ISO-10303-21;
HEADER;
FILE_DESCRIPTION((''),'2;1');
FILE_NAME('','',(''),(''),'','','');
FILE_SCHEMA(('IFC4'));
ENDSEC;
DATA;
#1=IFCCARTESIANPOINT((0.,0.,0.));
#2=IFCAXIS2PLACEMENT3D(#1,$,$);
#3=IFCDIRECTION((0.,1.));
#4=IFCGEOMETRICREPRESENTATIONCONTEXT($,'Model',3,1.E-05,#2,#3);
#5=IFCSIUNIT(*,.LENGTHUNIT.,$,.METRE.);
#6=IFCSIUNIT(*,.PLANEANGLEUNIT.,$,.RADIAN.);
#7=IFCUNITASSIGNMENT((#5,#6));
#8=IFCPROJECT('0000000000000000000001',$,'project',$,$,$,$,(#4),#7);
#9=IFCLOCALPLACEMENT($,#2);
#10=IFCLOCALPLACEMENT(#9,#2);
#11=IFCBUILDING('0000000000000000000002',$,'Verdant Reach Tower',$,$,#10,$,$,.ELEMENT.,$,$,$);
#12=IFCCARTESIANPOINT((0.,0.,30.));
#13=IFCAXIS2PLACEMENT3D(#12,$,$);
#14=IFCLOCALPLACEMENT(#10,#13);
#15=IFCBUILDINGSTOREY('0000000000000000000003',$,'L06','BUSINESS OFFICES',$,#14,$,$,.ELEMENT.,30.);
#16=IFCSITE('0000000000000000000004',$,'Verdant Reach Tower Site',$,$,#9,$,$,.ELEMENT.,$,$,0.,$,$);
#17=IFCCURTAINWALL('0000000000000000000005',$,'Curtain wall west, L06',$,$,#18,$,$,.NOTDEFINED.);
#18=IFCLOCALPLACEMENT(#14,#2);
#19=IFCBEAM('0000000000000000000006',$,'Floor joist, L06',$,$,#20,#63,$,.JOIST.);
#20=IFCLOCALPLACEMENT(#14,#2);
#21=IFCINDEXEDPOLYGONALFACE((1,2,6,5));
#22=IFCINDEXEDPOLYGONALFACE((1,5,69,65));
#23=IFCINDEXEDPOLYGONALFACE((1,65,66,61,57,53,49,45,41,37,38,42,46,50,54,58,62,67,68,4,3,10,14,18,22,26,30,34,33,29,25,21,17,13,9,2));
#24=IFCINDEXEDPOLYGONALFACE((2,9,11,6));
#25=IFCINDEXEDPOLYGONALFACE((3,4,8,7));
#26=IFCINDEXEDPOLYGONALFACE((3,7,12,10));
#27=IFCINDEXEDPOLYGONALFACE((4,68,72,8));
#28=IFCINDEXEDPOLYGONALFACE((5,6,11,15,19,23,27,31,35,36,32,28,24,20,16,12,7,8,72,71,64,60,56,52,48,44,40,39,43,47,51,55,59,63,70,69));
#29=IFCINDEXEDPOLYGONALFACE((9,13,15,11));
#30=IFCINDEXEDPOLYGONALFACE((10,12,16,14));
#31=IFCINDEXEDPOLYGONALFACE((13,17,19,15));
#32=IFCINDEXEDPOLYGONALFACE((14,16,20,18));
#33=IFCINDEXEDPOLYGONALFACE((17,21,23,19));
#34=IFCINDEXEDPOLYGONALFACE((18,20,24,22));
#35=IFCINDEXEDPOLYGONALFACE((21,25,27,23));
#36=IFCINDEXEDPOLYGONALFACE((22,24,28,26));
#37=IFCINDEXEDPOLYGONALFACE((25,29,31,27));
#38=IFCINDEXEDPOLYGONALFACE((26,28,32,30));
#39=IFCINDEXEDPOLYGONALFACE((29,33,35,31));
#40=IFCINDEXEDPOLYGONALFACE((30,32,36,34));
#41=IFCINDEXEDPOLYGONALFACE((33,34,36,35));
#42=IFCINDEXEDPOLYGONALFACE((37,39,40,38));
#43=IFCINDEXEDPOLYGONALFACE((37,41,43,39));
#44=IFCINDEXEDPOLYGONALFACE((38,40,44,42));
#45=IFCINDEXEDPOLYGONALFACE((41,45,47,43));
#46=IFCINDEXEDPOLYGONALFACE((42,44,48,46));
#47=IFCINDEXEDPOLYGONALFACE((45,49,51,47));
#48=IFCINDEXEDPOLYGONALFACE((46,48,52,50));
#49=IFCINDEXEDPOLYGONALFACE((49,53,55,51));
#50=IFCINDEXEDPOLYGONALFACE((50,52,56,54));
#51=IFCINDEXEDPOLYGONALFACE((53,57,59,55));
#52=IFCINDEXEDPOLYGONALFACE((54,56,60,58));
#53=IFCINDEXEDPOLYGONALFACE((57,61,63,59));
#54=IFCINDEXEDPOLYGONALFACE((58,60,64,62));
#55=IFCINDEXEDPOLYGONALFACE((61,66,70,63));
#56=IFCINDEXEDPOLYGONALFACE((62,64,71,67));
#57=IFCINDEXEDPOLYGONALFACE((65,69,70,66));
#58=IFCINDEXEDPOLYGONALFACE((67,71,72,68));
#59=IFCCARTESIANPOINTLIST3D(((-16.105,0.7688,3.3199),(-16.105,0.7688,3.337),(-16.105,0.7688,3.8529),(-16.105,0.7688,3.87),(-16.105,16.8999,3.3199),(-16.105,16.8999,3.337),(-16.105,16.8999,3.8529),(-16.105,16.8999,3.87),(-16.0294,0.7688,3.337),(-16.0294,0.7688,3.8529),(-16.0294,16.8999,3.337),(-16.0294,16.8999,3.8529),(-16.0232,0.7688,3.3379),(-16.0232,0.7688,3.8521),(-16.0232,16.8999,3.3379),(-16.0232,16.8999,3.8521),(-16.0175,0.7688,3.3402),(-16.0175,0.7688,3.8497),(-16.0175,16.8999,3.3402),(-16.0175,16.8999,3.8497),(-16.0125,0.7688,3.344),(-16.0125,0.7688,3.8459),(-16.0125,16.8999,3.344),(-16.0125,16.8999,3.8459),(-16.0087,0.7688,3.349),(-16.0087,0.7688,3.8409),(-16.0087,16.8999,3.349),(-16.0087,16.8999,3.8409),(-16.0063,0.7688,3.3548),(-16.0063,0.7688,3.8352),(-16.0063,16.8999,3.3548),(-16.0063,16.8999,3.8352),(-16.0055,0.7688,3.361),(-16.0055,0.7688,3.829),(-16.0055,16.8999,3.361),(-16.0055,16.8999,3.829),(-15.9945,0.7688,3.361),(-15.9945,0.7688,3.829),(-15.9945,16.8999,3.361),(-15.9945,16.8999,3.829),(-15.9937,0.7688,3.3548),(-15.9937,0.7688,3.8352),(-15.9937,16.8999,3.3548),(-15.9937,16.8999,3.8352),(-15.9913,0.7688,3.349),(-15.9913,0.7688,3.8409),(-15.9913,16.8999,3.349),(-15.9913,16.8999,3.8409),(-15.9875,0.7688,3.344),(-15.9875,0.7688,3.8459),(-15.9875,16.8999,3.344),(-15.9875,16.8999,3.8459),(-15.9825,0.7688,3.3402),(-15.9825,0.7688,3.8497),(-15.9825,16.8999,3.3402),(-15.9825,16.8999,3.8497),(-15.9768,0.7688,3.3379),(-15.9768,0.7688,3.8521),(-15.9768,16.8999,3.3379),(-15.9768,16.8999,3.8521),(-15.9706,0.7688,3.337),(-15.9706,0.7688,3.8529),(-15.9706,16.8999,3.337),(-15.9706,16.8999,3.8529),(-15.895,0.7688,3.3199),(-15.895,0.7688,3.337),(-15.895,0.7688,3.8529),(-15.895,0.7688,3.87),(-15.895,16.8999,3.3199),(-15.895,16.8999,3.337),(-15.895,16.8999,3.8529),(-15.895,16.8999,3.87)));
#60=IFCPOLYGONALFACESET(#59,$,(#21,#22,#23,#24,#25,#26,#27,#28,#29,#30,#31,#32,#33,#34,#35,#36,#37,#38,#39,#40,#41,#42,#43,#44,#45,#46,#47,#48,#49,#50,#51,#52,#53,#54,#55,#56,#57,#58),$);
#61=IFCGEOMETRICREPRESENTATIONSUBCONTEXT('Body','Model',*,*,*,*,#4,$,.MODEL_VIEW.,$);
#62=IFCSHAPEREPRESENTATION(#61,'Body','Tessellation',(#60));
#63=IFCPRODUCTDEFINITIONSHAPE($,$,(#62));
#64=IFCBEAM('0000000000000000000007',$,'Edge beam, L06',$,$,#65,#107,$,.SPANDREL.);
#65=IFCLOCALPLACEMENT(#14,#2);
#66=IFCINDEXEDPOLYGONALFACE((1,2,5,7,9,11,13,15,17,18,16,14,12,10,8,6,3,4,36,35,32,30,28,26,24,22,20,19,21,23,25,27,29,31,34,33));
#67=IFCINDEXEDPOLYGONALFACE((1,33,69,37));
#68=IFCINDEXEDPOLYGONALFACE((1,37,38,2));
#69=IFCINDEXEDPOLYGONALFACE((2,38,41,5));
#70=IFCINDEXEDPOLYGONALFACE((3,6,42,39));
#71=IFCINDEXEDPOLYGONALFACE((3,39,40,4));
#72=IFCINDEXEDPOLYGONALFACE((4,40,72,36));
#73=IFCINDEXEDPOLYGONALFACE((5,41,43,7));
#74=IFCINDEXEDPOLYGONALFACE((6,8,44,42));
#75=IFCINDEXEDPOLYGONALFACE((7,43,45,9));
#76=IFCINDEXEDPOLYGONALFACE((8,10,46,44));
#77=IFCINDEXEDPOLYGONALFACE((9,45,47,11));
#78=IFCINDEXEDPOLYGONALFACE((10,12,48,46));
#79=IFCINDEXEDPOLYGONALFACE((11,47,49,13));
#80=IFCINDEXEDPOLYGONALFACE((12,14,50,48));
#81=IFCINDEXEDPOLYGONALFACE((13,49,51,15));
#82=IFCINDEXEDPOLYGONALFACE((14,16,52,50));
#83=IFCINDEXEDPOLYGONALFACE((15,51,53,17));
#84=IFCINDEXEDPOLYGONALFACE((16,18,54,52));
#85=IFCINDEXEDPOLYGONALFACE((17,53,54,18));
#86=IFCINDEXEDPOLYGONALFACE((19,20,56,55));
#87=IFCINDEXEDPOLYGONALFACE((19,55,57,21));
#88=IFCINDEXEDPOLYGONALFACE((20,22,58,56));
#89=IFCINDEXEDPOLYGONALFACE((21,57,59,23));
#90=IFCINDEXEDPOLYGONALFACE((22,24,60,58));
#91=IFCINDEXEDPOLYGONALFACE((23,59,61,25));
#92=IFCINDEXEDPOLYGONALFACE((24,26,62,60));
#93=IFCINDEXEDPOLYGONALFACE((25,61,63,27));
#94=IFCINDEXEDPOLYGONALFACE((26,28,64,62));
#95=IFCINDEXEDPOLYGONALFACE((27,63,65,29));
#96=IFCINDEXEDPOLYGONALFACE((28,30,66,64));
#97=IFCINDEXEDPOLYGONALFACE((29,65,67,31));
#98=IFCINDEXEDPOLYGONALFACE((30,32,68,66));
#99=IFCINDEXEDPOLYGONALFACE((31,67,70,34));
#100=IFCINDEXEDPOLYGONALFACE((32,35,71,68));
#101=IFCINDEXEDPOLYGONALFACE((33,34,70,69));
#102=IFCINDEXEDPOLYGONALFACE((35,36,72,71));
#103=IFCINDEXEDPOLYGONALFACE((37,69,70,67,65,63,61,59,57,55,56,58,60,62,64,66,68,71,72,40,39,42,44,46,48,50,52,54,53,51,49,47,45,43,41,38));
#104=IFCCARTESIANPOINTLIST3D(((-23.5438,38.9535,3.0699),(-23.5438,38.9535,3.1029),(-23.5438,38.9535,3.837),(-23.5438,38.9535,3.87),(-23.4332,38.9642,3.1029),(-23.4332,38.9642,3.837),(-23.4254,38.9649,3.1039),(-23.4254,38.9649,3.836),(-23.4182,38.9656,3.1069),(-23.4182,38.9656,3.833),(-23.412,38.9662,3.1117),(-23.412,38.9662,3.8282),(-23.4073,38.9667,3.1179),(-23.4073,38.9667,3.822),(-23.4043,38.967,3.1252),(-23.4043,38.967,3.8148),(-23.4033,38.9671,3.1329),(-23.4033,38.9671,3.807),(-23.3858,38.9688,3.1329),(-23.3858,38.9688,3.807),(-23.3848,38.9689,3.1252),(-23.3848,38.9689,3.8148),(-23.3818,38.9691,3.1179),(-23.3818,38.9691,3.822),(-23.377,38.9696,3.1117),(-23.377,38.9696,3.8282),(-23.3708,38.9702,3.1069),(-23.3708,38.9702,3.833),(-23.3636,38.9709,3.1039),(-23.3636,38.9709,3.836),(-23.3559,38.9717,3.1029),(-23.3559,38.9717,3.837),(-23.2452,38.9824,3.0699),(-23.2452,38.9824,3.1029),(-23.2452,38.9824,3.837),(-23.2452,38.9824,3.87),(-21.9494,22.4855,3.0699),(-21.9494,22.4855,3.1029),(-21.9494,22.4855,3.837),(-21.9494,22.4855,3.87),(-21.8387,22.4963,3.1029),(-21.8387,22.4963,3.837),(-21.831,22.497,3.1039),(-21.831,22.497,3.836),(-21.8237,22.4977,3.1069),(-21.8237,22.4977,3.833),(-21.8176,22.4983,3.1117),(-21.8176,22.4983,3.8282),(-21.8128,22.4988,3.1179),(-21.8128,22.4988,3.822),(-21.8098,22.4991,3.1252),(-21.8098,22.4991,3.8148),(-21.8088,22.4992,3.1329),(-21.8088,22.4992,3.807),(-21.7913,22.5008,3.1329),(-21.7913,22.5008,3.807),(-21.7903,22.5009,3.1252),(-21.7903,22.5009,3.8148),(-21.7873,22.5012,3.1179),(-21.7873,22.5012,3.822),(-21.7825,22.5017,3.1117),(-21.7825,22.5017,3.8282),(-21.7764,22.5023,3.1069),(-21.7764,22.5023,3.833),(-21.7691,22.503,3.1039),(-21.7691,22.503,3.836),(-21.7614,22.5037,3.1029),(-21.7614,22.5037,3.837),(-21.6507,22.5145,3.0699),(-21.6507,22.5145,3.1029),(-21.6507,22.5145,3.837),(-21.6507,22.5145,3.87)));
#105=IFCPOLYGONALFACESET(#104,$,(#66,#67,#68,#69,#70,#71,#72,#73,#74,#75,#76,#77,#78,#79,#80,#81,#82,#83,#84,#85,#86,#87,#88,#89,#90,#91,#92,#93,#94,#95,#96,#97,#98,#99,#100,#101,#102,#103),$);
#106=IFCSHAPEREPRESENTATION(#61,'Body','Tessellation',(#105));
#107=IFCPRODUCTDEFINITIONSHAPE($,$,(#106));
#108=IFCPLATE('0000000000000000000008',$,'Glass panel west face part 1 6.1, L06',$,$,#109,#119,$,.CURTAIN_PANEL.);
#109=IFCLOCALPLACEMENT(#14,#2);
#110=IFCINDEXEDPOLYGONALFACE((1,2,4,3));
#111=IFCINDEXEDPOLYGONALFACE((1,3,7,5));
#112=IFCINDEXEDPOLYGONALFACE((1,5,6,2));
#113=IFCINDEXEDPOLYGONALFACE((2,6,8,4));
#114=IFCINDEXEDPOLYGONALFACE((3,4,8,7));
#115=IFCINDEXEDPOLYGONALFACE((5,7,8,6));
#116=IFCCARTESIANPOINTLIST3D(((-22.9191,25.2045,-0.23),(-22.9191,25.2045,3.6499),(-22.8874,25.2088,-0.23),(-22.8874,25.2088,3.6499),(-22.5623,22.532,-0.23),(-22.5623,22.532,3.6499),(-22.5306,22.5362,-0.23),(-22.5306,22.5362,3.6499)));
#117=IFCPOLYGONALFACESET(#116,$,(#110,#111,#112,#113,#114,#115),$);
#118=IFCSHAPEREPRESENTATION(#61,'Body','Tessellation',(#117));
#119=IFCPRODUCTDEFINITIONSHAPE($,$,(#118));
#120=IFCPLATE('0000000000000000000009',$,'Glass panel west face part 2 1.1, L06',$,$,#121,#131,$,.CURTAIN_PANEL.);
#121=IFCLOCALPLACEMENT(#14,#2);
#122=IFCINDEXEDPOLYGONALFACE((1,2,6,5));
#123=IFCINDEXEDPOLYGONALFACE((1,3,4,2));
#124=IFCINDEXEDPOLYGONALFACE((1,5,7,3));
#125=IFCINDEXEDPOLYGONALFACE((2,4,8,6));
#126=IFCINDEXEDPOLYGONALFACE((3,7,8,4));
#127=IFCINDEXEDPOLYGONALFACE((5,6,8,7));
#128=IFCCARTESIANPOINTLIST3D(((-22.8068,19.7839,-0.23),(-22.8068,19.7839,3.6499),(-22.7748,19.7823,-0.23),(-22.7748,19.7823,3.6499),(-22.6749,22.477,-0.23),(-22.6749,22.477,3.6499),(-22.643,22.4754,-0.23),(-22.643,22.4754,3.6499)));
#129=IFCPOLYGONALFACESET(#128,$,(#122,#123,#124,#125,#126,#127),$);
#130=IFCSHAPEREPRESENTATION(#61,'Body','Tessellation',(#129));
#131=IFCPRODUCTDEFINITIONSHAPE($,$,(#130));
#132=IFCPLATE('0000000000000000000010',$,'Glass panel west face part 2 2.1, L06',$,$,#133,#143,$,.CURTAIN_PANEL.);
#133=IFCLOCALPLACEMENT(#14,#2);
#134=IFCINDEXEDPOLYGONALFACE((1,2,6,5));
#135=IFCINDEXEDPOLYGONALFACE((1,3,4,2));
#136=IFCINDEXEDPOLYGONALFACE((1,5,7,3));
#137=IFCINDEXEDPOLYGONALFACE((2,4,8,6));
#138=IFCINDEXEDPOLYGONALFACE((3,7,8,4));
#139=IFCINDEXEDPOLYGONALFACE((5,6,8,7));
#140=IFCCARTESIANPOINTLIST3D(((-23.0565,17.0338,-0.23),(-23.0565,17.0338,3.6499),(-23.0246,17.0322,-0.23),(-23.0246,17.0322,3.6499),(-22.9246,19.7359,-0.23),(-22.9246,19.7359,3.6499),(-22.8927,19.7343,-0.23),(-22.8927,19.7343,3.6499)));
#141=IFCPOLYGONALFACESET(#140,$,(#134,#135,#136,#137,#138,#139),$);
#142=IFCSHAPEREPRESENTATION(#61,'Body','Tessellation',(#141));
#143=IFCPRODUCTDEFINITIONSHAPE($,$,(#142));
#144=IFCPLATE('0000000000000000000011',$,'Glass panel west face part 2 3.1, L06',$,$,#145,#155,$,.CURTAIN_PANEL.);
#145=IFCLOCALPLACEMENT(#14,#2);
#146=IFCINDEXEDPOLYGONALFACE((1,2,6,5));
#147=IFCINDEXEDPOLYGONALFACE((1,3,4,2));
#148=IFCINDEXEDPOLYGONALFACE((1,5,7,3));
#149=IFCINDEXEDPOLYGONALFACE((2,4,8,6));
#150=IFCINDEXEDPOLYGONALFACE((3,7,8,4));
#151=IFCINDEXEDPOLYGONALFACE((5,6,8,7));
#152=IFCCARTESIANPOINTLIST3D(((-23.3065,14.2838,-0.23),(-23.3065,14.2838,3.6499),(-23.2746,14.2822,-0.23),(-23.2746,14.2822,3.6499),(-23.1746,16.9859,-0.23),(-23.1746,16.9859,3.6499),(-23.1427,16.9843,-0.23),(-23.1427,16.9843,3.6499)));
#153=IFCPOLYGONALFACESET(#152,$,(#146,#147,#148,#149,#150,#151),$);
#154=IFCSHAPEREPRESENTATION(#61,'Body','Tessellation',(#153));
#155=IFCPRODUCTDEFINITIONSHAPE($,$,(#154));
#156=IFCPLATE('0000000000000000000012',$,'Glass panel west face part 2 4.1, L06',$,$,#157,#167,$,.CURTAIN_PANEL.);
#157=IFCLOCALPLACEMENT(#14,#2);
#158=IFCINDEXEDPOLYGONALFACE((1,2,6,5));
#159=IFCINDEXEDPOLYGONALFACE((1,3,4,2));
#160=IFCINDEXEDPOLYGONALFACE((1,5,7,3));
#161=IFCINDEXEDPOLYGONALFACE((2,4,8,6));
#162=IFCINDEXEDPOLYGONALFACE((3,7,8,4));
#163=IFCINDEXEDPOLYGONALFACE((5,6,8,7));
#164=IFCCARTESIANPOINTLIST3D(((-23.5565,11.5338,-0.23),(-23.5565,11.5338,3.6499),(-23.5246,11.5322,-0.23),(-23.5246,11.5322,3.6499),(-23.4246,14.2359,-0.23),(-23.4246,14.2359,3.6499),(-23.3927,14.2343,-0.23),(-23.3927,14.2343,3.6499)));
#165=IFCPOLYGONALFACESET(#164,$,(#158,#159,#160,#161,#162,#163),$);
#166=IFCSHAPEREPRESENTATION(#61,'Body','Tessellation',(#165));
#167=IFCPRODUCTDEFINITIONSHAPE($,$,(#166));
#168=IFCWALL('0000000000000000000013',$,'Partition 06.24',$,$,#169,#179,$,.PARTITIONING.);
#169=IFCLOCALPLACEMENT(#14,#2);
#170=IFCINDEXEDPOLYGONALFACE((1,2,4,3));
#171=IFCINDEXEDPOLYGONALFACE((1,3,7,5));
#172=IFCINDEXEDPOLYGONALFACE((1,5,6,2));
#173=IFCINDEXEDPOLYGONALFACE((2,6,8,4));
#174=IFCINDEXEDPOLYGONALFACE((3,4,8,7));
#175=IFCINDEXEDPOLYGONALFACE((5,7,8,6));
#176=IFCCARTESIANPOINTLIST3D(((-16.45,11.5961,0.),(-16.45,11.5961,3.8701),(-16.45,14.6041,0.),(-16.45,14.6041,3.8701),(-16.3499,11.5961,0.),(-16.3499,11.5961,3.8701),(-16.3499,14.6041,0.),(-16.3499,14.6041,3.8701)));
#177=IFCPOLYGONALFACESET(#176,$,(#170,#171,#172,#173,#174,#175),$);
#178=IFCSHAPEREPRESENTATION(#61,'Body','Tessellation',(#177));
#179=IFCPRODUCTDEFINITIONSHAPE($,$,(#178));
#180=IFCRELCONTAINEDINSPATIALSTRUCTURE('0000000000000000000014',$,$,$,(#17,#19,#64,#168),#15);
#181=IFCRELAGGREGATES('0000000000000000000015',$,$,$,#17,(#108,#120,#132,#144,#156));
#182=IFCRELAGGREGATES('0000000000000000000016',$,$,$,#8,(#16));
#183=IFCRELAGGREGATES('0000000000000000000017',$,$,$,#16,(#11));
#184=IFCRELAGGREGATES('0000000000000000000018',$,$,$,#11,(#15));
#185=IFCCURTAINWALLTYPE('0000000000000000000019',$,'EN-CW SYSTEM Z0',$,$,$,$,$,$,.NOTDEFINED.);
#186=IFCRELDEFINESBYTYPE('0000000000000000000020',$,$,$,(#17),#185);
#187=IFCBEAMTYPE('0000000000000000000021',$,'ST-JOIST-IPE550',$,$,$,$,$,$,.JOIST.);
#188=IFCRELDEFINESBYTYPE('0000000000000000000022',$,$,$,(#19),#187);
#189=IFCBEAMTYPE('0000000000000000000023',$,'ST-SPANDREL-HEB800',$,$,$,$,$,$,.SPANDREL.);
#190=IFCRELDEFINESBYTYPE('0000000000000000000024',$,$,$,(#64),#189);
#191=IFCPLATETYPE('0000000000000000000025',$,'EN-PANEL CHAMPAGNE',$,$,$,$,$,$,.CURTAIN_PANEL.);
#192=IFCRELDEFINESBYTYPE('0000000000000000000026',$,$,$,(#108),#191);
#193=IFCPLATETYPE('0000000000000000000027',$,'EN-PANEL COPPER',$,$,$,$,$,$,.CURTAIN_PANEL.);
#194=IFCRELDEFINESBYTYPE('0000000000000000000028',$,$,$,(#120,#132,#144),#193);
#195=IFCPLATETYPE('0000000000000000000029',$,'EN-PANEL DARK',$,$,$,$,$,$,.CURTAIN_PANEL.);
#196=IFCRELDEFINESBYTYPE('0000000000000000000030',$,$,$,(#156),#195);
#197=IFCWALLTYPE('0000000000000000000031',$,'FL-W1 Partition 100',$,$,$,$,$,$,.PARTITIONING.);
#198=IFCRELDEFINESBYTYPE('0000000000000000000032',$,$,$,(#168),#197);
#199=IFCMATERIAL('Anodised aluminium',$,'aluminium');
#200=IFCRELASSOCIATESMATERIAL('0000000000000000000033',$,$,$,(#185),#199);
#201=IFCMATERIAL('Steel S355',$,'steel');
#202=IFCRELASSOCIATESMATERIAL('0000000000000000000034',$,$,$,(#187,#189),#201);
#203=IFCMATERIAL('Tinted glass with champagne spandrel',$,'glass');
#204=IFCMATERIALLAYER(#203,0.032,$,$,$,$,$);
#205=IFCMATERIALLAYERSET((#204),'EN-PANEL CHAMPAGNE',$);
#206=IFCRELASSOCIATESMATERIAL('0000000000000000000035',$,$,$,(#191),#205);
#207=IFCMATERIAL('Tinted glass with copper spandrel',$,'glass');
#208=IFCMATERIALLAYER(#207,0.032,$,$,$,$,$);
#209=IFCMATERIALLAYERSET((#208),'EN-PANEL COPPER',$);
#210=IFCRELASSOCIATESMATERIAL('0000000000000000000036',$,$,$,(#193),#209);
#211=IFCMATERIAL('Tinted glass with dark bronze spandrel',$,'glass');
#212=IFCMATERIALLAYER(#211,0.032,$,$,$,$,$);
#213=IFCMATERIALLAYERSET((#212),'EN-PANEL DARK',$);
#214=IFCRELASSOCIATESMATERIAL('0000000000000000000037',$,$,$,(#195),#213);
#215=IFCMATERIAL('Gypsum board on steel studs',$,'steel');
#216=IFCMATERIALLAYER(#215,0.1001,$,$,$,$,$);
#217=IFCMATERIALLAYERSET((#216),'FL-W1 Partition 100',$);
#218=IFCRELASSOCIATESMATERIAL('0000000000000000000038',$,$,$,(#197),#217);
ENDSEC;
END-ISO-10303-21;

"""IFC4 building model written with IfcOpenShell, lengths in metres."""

from ifc_helpers import new_model, si_unit, direction, frame, frame_2d, origin, origin_2d, place, context, subcontext, project, spatial, rectangle, i_section, extrude, material, layer, layer_set, material_profile, profile_set, type_object, element, aggregate, save


model = new_model("IFC4")

# Units and contexts
model_context = context("Model", 3, precision=1e-05, world=origin(), true_north=direction((0.0, 1.0)))
body_context = subcontext(model_context, "Body", "Model", "MODEL_VIEW")
ifc_project = project(units=[si_unit("LENGTHUNIT", "METRE"), si_unit("PLANEANGLEUNIT", "RADIAN")], contexts=[model_context])

# Site, building, storey
site_placement = place(None, origin())
site = spatial("IfcSite", under=ifc_project, at=site_placement, Name="Verdant Reach Tower Site", CompositionType="ELEMENT", RefElevation=0.0)
building_placement = place(site_placement, origin())
building = spatial("IfcBuilding", under=site, at=building_placement, Name="Verdant Reach Tower", CompositionType="ELEMENT")
storey_placement = place(building_placement, frame((0.0, 0.0, 30.0)))
storey = spatial("IfcBuildingStorey", under=building, at=storey_placement, Name="L06", Description="BUSINESS OFFICES", CompositionType="ELEMENT", Elevation=30.0)

# Curtain wall
ifc_material_1 = material(Name="Anodised aluminium", Category="aluminium")
curtain_wall_type = type_object("IfcCurtainWallType", Name="EN-CW SYSTEM Z0", PredefinedType="NOTDEFINED", material=ifc_material_1)
curtain_wall_placement = place(storey_placement, origin())
curtain_wall = element("IfcCurtainWall", 1, at=curtain_wall_placement, inside=storey, type_object=curtain_wall_type, Name="Curtain wall west, L06", PredefinedType="NOTDEFINED")

# Beams
ifc_material_2 = material(Name="Steel S355", Category="steel")
ifc_material_profile_1 = material_profile(ifc_material_2, i_section(OverallWidth=0.21, OverallDepth=0.55, WebThickness=0.011, FlangeThickness=0.0171, FilletRadius=0.0239, at=origin_2d()), Name="IPE 550")
ifc_profile_set_1 = profile_set([ifc_material_profile_1], Name="Steel S355")
beam_type_1 = type_object("IfcBeamType", Name="ST-JOIST-IPE550", PredefinedType="JOIST", material=ifc_profile_set_1)
beam_1_placement = place(storey_placement, frame((-16.0, 16.8999, 3.595), z_axis=(0.0, -1.0, 0.0), x_axis=(1.0, 0.0, 0.0)))
element("IfcBeam", 2, at=beam_1_placement, inside=storey, type_object=beam_type_1, Name="Floor joist, L06", PredefinedType="JOIST", context=body_context, shape_type="SweptSolid", body=[
    extrude(i_section(OverallWidth=0.21, OverallDepth=0.55, WebThickness=0.011, FlangeThickness=0.0171, FilletRadius=0.0239, at=origin_2d()), origin(), (0.0, 0.0, 1.0), 16.1311),
])
ifc_material_profile_2 = material_profile(ifc_material_2, i_section(OverallWidth=0.3, OverallDepth=0.8, WebThickness=0.0176, FlangeThickness=0.033, FilletRadius=0.03, at=origin_2d()), Name="HEB 800")
ifc_profile_set_2 = profile_set([ifc_material_profile_2], Name="Steel S355")
beam_type_2 = type_object("IfcBeamType", Name="ST-SPANDREL-HEB800", PredefinedType="SPANDREL", material=ifc_profile_set_2)
beam_2_placement = place(storey_placement, frame((-21.8, 22.5, 3.47), z_axis=(-0.096372, 0.995345, 0.0), x_axis=(-0.995345, -0.096372, 0.0)))
element("IfcBeam", 3, at=beam_2_placement, inside=storey, type_object=beam_type_2, Name="Edge beam, L06", PredefinedType="SPANDREL", context=body_context, shape_type="SweptSolid", body=[
    extrude(i_section(OverallWidth=0.3, OverallDepth=0.8, WebThickness=0.0176, FlangeThickness=0.033, FilletRadius=0.03, at=origin_2d()), origin(), (0.0, 0.0, 1.0), 16.5449),
])

# Plates
ifc_material_3 = material(Name="Tinted glass with champagne spandrel", Category="glass")
ifc_layer_1 = layer(ifc_material_3, 0.032)
ifc_layer_set_1 = layer_set([ifc_layer_1], Name="EN-PANEL CHAMPAGNE")
plate_type_1 = type_object("IfcPlateType", Name="EN-PANEL CHAMPAGNE", PredefinedType="CURTAIN_PANEL", material=ifc_layer_set_1)
plate_1_placement = place(storey_placement, frame((-22.7249, 23.8704, -0.23), z_axis=(0.0, 0.0, 1.0), x_axis=(0.132308, -0.991209, 0.0)))
plate_1 = element("IfcPlate", 4, at=plate_1_placement, type_object=plate_type_1, Name="Glass panel west face part 1 6.1, L06", PredefinedType="CURTAIN_PANEL", context=body_context, shape_type="SweptSolid", body=[
    extrude(rectangle(XDim=2.6963, YDim=0.032, at=origin_2d()), origin(), (0.0, 0.0, 1.0), 3.8799),
])
ifc_material_4 = material(Name="Tinted glass with copper spandrel", Category="glass")
ifc_layer_2 = layer(ifc_material_4, 0.032)
ifc_layer_set_2 = layer_set([ifc_layer_2], Name="EN-PANEL COPPER")
plate_type_2 = type_object("IfcPlateType", Name="EN-PANEL COPPER", PredefinedType="CURTAIN_PANEL", material=ifc_layer_set_2)
plate_2_placement = place(storey_placement, frame((-22.7249, 21.1296, -0.23), z_axis=(0.0, 0.0, 1.0), x_axis=(-0.048902, -0.998804, 0.0)))
plate_2 = element("IfcPlate", 5, at=plate_2_placement, type_object=plate_type_2, Name="Glass panel west face part 2 1.1, L06", PredefinedType="CURTAIN_PANEL", context=body_context, shape_type="SweptSolid", body=[
    extrude(rectangle(XDim=2.6963, YDim=0.032, at=origin_2d()), origin(), (0.0, 0.0, 1.0), 3.8799),
])
plate_3_placement = place(storey_placement, frame((-22.9746, 18.384, -0.23), z_axis=(0.0, 0.0, 1.0), x_axis=(-0.048753, -0.998811, 0.0)))
plate_3 = element("IfcPlate", 6, at=plate_3_placement, type_object=plate_type_2, Name="Glass panel west face part 2 2.1, L06", PredefinedType="CURTAIN_PANEL", context=body_context, shape_type="SweptSolid", body=[
    extrude(rectangle(XDim=2.7053, YDim=0.032, at=origin_2d()), origin(), (0.0, 0.0, 1.0), 3.8799),
])
plate_4_placement = place(storey_placement, frame((-23.2246, 15.634, -0.23), z_axis=(0.0, 0.0, 1.0), x_axis=(-0.048753, -0.998811, 0.0)))
plate_4 = element("IfcPlate", 7, at=plate_4_placement, type_object=plate_type_2, Name="Glass panel west face part 2 3.1, L06", PredefinedType="CURTAIN_PANEL", context=body_context, shape_type="SweptSolid", body=[
    extrude(rectangle(XDim=2.7053, YDim=0.032, at=origin_2d()), origin(), (0.0, 0.0, 1.0), 3.8799),
])
ifc_material_5 = material(Name="Tinted glass with dark bronze spandrel", Category="glass")
ifc_layer_3 = layer(ifc_material_5, 0.032)
ifc_layer_set_3 = layer_set([ifc_layer_3], Name="EN-PANEL DARK")
plate_type_3 = type_object("IfcPlateType", Name="EN-PANEL DARK", PredefinedType="CURTAIN_PANEL", material=ifc_layer_set_3)
plate_5_placement = place(storey_placement, frame((-23.4746, 12.884, -0.23), z_axis=(0.0, 0.0, 1.0), x_axis=(-0.048753, -0.998811, 0.0)))
plate_5 = element("IfcPlate", 8, at=plate_5_placement, type_object=plate_type_3, Name="Glass panel west face part 2 4.1, L06", PredefinedType="CURTAIN_PANEL", context=body_context, shape_type="SweptSolid", body=[
    extrude(rectangle(XDim=2.7053, YDim=0.032, at=origin_2d()), origin(), (0.0, 0.0, 1.0), 3.8799),
])
aggregate(curtain_wall, [plate_1, plate_2, plate_3, plate_4, plate_5])

# Wall
ifc_material_6 = material(Name="Gypsum board on steel studs", Category="steel")
ifc_layer_4 = layer(ifc_material_6, 0.1001)
ifc_layer_set_4 = layer_set([ifc_layer_4], Name="FL-W1 Partition 100")
wall_type_1 = type_object("IfcWallType", Name="FL-W1 Partition 100", PredefinedType="PARTITIONING", material=ifc_layer_set_4)
wall_1_placement = place(storey_placement, frame((-16.3999, 14.604, 0.0), z_axis=(0.0, 0.0, 1.0), x_axis=(0.0, -1.0, 0.0)))
element("IfcWall", 9, at=wall_1_placement, inside=storey, type_object=wall_type_1, Name="Partition 06.24", PredefinedType="PARTITIONING", context=body_context, shape_type="SweptSolid", body=[
    extrude(rectangle(XDim=3.0081, YDim=0.1001, at=frame_2d((1.5039, 0.0))), origin(), (0.0, 0.0, 1.0), 3.8701),
])

save(model, "model.ifc")
